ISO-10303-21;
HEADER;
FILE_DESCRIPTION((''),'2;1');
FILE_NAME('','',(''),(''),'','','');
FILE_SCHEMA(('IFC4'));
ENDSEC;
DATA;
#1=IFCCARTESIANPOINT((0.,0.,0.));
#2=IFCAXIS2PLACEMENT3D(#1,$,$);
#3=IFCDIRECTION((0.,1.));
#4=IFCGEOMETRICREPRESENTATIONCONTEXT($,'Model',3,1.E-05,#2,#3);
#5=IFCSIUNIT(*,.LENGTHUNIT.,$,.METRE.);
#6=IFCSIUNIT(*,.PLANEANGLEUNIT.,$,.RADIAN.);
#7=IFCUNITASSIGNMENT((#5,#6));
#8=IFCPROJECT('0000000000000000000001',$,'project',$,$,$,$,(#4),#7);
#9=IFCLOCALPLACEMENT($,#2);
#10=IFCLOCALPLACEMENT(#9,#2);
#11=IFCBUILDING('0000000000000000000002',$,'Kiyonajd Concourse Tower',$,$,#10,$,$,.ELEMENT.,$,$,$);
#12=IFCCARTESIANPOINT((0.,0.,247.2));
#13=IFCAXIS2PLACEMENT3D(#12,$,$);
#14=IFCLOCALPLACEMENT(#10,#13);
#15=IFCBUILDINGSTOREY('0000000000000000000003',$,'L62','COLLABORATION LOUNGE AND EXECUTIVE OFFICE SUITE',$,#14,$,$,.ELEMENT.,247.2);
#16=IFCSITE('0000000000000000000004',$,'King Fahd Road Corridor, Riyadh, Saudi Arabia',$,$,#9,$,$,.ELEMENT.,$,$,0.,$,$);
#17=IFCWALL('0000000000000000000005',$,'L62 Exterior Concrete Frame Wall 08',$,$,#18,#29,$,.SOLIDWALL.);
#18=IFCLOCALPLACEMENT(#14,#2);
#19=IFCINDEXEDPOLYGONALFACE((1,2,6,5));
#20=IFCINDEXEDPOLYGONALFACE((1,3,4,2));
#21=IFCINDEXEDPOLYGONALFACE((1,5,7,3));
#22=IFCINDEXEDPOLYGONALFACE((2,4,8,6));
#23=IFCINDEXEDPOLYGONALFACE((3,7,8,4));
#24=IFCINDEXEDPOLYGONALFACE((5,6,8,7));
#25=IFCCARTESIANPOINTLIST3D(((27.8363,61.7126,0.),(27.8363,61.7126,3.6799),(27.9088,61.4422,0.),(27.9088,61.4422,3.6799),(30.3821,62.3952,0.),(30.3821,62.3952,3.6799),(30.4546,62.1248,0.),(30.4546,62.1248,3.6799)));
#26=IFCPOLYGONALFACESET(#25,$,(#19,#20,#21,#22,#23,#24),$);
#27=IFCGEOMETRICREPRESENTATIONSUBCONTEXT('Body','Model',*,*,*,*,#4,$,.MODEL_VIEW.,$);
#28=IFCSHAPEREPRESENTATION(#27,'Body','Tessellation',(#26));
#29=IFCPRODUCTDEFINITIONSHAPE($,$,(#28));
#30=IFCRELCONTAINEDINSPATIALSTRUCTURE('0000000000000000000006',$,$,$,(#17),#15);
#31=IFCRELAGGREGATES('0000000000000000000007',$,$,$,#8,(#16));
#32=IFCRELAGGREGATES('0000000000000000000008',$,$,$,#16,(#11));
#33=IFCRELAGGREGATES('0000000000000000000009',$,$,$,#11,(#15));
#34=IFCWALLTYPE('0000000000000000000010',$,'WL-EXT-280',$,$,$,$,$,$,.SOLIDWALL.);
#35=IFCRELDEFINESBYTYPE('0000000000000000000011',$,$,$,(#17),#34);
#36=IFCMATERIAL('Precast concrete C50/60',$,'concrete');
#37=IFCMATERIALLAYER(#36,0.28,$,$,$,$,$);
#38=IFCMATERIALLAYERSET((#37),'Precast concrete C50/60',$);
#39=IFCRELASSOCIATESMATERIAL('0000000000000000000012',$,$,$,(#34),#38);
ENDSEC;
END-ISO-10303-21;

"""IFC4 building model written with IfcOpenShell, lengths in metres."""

from ifc_helpers import new_model, si_unit, direction, frame, frame_2d, origin, place, context, subcontext, project, spatial, rectangle, extrude, material, layer, layer_set, type_object, element, save


model = new_model("IFC4")

# Units and contexts
model_context = context("Model", 3, precision=1e-05, world=origin(), true_north=direction((0.0, 1.0)))
body_context = subcontext(model_context, "Body", "Model", "MODEL_VIEW")
ifc_project = project(units=[si_unit("LENGTHUNIT", "METRE"), si_unit("PLANEANGLEUNIT", "RADIAN")], contexts=[model_context])

# Site, building, storey
site_placement = place(None, origin())
site = spatial("IfcSite", under=ifc_project, at=site_placement, Name="King Fahd Road Corridor, Riyadh, Saudi Arabia", CompositionType="ELEMENT", RefElevation=0.0)
building_placement = place(site_placement, origin())
building = spatial("IfcBuilding", under=site, at=building_placement, Name="Kiyonajd Concourse Tower", CompositionType="ELEMENT")
storey_placement = place(building_placement, frame((0.0, 0.0, 247.2)))
storey = spatial("IfcBuildingStorey", under=building, at=storey_placement, Name="L62", Description="COLLABORATION LOUNGE AND EXECUTIVE OFFICE SUITE", CompositionType="ELEMENT", Elevation=247.2)

# Wall
ifc_material_1 = material(Name="Precast concrete C50/60", Category="concrete")
ifc_layer_1 = layer(ifc_material_1, 0.28)
ifc_layer_set_1 = layer_set([ifc_layer_1], Name="Precast concrete C50/60")
wall_type = type_object("IfcWallType", Name="WL-EXT-280", PredefinedType="SOLIDWALL", material=ifc_layer_set_1)
wall_1_placement = place(storey_placement, frame((27.8726, 61.5774, 0.0), z_axis=(0.0, 0.0, 1.0), x_axis=(0.965884, 0.258977, 0.0)))
element("IfcWall", 1, at=wall_1_placement, inside=storey, type_object=wall_type, Name="L62 Exterior Concrete Frame Wall 08", PredefinedType="SOLIDWALL", context=body_context, shape_type="SweptSolid", body=[
    extrude(rectangle(XDim=2.6357, YDim=0.28, at=frame_2d((1.3179, 0.0))), origin(), (0.0, 0.0, 1.0), 3.6799),
])

save(model, "model.ifc")
